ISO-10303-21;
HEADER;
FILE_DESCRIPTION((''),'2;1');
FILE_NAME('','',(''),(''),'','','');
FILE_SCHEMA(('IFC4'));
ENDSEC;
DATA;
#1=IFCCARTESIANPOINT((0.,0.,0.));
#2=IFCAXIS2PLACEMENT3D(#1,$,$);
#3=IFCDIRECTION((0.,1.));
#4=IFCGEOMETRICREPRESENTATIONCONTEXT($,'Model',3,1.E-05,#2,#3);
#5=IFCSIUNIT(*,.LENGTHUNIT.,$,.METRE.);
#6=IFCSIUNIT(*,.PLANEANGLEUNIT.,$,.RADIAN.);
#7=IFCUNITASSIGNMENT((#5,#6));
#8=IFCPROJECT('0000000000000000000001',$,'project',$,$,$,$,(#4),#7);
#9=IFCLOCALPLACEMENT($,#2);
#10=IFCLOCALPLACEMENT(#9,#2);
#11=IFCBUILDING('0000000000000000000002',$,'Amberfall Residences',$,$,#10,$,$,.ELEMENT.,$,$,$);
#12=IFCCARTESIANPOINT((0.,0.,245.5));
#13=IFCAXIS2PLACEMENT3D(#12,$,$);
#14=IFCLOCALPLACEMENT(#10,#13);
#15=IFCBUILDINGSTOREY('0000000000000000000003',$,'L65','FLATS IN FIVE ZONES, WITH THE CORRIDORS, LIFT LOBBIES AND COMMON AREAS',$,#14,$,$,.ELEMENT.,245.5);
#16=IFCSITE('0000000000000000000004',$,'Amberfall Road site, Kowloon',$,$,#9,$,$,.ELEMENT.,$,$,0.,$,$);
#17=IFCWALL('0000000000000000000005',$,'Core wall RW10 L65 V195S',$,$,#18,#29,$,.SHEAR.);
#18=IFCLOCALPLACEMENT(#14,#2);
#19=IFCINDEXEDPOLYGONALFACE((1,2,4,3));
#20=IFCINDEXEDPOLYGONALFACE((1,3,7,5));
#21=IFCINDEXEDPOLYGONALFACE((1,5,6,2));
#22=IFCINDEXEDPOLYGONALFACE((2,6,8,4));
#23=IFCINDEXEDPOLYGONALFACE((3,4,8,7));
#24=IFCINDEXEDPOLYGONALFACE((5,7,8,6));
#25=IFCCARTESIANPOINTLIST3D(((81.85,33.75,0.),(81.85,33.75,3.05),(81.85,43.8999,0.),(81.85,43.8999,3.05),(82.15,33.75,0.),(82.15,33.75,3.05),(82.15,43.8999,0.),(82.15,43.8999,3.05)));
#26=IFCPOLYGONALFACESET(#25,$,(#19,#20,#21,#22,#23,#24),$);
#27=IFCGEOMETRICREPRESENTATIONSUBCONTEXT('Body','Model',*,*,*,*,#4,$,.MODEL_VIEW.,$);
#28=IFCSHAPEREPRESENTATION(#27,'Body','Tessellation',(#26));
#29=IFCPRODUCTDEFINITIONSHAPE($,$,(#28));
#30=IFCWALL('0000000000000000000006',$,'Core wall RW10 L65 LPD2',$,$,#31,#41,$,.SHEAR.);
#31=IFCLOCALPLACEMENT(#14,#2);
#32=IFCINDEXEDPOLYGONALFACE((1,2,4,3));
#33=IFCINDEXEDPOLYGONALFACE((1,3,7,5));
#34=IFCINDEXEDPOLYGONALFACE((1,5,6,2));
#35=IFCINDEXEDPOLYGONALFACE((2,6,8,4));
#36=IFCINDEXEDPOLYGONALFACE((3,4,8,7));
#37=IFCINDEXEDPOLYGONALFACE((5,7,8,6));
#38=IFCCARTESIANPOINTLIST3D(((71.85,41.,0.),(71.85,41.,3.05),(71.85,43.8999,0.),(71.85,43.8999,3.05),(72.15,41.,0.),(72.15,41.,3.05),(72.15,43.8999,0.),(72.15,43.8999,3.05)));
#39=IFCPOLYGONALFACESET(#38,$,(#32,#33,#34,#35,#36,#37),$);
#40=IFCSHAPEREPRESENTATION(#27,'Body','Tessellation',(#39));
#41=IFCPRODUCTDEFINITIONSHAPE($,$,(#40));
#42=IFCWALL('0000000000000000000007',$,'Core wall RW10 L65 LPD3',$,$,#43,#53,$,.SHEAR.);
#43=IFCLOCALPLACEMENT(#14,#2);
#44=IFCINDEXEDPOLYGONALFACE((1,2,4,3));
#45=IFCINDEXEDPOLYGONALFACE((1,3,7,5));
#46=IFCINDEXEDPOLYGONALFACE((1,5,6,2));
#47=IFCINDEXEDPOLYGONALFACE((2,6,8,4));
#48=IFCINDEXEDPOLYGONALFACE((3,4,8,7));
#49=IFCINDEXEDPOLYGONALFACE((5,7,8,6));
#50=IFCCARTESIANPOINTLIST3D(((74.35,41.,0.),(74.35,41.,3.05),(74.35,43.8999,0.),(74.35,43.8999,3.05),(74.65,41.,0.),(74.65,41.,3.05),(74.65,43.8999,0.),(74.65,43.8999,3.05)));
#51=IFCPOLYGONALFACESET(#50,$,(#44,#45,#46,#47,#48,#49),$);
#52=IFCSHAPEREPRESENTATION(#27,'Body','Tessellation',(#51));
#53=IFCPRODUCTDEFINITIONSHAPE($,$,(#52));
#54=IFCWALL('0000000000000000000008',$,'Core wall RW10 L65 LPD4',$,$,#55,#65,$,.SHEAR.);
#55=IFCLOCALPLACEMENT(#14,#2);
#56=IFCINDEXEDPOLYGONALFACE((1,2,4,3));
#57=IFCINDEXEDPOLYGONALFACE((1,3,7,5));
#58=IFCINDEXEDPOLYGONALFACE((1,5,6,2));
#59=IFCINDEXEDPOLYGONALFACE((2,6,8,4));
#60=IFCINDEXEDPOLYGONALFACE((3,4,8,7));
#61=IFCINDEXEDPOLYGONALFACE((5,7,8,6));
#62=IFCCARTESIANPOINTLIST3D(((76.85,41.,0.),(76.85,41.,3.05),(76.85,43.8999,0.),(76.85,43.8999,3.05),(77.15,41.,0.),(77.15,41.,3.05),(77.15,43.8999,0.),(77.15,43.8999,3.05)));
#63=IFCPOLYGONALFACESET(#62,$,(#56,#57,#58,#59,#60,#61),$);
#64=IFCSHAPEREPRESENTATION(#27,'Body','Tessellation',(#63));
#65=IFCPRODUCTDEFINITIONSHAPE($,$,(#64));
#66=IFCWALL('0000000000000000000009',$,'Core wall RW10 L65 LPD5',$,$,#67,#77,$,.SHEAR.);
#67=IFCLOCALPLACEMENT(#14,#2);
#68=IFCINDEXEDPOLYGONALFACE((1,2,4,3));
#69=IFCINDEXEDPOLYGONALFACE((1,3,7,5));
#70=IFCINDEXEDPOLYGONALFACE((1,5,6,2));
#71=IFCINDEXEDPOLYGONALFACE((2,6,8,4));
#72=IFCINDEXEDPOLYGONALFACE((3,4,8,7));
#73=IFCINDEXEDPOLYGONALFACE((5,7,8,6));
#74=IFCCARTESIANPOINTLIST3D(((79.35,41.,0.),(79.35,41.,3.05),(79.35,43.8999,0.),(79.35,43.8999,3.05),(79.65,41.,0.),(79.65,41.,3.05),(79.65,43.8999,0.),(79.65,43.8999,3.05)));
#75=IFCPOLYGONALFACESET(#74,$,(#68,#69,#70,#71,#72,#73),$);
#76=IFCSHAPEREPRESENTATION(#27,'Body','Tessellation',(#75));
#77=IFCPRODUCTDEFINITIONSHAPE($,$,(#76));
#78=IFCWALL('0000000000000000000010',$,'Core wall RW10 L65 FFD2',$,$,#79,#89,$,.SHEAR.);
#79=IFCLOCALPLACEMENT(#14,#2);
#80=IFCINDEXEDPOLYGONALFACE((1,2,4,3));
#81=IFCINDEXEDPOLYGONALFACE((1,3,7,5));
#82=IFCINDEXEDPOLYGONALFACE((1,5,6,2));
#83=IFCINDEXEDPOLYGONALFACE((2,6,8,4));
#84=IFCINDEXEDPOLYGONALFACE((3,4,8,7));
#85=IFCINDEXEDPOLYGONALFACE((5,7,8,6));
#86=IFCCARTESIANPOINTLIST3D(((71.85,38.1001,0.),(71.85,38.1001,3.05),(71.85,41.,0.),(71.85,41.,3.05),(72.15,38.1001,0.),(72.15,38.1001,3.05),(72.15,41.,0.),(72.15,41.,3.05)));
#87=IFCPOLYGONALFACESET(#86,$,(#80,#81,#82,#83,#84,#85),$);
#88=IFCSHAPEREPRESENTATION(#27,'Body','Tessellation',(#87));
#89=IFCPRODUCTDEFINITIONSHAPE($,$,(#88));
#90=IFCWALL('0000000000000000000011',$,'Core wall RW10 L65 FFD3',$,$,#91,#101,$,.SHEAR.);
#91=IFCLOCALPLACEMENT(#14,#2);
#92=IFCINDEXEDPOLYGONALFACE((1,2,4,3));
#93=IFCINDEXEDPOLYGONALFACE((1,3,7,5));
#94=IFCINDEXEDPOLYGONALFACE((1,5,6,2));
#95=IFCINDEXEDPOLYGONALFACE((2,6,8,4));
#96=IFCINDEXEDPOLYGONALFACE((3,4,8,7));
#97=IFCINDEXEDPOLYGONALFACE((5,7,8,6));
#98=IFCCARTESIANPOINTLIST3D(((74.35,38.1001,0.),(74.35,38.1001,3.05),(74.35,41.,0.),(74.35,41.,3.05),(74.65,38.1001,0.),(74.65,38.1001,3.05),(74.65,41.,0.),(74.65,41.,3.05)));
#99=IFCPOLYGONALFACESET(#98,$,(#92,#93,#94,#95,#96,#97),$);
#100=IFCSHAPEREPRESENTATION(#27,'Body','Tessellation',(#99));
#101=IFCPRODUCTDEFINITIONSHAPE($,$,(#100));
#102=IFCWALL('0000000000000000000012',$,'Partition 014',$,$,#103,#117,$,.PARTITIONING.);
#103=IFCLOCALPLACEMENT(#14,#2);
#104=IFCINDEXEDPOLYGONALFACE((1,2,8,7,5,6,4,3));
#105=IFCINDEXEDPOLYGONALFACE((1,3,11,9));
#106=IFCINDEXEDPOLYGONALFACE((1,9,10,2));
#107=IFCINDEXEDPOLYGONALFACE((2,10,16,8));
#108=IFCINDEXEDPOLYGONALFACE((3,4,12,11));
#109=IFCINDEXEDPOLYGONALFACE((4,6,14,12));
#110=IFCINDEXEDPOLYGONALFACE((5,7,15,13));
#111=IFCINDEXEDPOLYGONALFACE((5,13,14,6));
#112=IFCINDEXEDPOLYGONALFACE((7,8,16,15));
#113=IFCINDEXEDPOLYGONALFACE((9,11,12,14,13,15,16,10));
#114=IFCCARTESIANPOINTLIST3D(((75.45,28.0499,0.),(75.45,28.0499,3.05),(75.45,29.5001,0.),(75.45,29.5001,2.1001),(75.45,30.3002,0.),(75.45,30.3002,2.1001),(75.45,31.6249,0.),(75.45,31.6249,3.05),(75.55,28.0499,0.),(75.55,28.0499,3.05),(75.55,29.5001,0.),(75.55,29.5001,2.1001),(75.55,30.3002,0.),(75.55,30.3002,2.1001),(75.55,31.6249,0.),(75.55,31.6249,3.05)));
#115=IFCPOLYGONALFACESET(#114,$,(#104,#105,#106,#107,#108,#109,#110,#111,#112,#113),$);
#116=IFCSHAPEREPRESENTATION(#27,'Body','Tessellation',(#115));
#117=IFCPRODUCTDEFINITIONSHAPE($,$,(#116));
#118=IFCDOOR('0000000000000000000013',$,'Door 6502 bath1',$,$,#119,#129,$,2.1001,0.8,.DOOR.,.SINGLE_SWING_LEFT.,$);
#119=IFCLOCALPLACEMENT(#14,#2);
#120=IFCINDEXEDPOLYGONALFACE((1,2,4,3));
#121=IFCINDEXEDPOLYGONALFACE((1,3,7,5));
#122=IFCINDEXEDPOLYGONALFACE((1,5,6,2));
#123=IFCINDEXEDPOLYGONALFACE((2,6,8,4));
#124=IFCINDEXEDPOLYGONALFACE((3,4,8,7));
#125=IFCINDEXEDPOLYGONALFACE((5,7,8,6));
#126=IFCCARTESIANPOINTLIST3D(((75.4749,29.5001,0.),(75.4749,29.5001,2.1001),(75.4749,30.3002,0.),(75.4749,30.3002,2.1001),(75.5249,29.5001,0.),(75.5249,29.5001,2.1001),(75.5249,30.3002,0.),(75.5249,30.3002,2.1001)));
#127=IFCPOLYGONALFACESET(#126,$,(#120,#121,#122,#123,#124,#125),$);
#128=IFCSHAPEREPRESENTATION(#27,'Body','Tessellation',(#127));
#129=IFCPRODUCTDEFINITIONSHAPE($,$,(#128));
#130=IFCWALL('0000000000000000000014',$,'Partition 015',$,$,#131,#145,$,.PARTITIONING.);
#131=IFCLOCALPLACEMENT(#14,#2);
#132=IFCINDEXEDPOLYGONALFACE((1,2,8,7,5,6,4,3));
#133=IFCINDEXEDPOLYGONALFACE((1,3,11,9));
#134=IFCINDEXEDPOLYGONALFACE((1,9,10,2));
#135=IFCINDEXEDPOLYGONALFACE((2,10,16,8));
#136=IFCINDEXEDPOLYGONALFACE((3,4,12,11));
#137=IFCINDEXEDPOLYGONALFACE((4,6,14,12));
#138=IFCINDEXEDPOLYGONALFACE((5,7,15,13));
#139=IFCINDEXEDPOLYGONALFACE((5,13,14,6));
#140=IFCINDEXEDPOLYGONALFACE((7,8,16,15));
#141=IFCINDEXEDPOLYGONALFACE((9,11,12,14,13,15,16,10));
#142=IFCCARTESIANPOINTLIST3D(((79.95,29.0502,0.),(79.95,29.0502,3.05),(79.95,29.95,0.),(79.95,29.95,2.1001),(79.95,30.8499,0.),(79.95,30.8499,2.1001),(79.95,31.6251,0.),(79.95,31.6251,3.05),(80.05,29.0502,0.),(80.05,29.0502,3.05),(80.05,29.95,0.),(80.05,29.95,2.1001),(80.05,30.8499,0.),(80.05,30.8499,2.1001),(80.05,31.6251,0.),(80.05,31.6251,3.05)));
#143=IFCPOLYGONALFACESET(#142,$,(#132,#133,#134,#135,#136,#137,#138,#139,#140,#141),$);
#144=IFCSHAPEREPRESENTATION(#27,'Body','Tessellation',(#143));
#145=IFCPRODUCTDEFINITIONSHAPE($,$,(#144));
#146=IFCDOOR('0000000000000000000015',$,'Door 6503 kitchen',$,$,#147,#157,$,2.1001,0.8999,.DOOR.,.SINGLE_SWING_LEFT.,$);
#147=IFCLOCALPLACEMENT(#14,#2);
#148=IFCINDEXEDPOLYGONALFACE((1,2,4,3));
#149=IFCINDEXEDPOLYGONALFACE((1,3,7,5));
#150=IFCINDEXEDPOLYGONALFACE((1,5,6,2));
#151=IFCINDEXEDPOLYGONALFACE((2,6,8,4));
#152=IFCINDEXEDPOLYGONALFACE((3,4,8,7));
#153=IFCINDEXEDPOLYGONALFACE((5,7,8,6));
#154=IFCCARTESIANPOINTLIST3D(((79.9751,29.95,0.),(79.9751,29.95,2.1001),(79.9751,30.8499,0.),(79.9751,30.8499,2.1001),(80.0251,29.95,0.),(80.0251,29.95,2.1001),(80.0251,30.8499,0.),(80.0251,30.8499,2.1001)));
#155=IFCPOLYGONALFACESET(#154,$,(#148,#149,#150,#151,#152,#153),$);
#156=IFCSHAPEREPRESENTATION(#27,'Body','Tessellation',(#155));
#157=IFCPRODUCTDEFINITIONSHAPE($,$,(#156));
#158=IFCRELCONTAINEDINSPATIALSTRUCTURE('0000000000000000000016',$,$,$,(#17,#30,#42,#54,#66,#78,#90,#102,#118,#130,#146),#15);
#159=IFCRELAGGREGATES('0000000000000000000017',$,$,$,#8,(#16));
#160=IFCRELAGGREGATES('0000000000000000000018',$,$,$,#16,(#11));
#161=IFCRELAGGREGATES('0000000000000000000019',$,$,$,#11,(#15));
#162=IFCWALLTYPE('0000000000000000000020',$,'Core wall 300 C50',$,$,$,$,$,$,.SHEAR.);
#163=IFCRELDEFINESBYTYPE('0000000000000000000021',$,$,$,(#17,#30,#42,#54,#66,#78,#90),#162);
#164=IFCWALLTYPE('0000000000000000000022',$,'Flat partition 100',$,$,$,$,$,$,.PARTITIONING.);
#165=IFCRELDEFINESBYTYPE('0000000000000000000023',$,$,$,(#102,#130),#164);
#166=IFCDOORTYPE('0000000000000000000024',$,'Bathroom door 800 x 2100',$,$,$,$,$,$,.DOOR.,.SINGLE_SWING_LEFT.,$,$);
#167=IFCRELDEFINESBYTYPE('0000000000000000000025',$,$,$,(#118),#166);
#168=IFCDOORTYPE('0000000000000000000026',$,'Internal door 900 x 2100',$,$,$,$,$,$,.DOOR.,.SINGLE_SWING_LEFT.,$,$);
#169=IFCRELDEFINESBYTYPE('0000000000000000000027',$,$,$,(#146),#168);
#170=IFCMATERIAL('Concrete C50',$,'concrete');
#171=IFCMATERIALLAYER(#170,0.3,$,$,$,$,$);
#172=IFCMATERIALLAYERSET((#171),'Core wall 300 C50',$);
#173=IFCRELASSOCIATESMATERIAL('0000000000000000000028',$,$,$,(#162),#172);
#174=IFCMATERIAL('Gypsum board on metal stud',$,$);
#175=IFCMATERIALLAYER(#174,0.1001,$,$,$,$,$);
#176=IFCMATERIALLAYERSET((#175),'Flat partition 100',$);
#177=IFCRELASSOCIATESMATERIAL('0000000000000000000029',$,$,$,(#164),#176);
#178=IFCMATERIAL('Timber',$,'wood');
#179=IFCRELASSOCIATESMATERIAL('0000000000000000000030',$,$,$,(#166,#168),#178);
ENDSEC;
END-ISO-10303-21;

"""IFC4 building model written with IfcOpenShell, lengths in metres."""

from ifc_helpers import new_model, si_unit, direction, frame, frame_2d, origin, place, context, subcontext, project, spatial, rectangle, extrude, material, layer, layer_set, type_object, element, fill, save


model = new_model("IFC4")

# Units and contexts
model_context = context("Model", 3, precision=1e-05, world=origin(), true_north=direction((0.0, 1.0)))
body_context = subcontext(model_context, "Body", "Model", "MODEL_VIEW")
ifc_project = project(units=[si_unit("LENGTHUNIT", "METRE"), si_unit("PLANEANGLEUNIT", "RADIAN")], contexts=[model_context])

# Site, building, storey
site_placement = place(None, origin())
site = spatial("IfcSite", under=ifc_project, at=site_placement, Name="Amberfall Road site, Kowloon", CompositionType="ELEMENT", RefElevation=0.0)
building_placement = place(site_placement, origin())
building = spatial("IfcBuilding", under=site, at=building_placement, Name="Amberfall Residences", CompositionType="ELEMENT")
storey_placement = place(building_placement, frame((0.0, 0.0, 245.5)))
storey = spatial("IfcBuildingStorey", under=building, at=storey_placement, Name="L65", Description="FLATS IN FIVE ZONES, WITH THE CORRIDORS, LIFT LOBBIES AND COMMON AREAS", CompositionType="ELEMENT", Elevation=245.5)

# Walls
ifc_material_1 = material(Name="Concrete C50", Category="concrete")
ifc_layer_1 = layer(ifc_material_1, 0.3)
ifc_layer_set_1 = layer_set([ifc_layer_1], Name="Core wall 300 C50")
wall_type_1 = type_object("IfcWallType", Name="Core wall 300 C50", PredefinedType="SHEAR", material=ifc_layer_set_1)
wall_1_placement = place(storey_placement, frame((82.0, 33.75, 0.0), z_axis=(0.0, 0.0, 1.0), x_axis=(0.0, 1.0, 0.0)))
element("IfcWall", 1, at=wall_1_placement, inside=storey, type_object=wall_type_1, Name="Core wall RW10 L65 V195S", PredefinedType="SHEAR", context=body_context, shape_type="SweptSolid", body=[
    extrude(rectangle(XDim=10.1499, YDim=0.3, at=frame_2d((5.075, 0.0))), origin(), (0.0, 0.0, 1.0), 3.05),
])
for number, where, z_axis, x_axis, name in (
    (2, (72.0, 41.0, 0.0), (0.0, 0.0, 1.0), (0.0, 1.0, 0.0), "Core wall RW10 L65 LPD2"),
    (3, (74.5, 41.0, 0.0), (0.0, 0.0, 1.0), (0.0, 1.0, 0.0), "Core wall RW10 L65 LPD3"),
    (4, (77.0, 41.0, 0.0), (0.0, 0.0, 1.0), (0.0, 1.0, 0.0), "Core wall RW10 L65 LPD4"),
    (5, (79.5, 41.0, 0.0), (0.0, 0.0, 1.0), (0.0, 1.0, 0.0), "Core wall RW10 L65 LPD5"),
    (6, (72.0, 38.1001, 0.0), (0.0, 0.0, 1.0), (0.0, 1.0, 0.0), "Core wall RW10 L65 FFD2"),
    (7, (74.5, 38.1001, 0.0), (0.0, 0.0, 1.0), (0.0, 1.0, 0.0), "Core wall RW10 L65 FFD3"),
):
    element("IfcWall", number, at=place(storey_placement, frame(where, z_axis=z_axis, x_axis=x_axis)), inside=storey, type_object=wall_type_1, Name=name, PredefinedType="SHEAR", context=body_context, shape_type="SweptSolid", body=[
        extrude(rectangle(XDim=2.8999, YDim=0.3, at=frame_2d((1.45, 0.0))), origin(), (0.0, 0.0, 1.0), 3.05),
    ])

# Walls, openings, doors
ifc_material_2 = material(Name="Gypsum board on metal stud")
ifc_layer_2 = layer(ifc_material_2, 0.1001)
ifc_layer_set_2 = layer_set([ifc_layer_2], Name="Flat partition 100")
wall_type_2 = type_object("IfcWallType", Name="Flat partition 100", PredefinedType="PARTITIONING", material=ifc_layer_set_2)
wall_2_placement = place(storey_placement, frame((75.5, 31.625, 0.0), z_axis=(0.0, 0.0, 1.0), x_axis=(0.0, -1.0, 0.0)))
wall_2 = element("IfcWall", 8, at=wall_2_placement, inside=storey, type_object=wall_type_2, Name="Partition 014", PredefinedType="PARTITIONING", context=body_context, shape_type="SweptSolid", body=[
    extrude(rectangle(XDim=3.575, YDim=0.1001, at=frame_2d((1.7876, 0.0))), origin(), (0.0, 0.0, 1.0), 3.05),
])
opening_1_placement = place(wall_2_placement, frame((1.325, 0.0, 0.0)))
opening_1 = element("IfcOpeningElement", 9, at=opening_1_placement, cuts=wall_2, PredefinedType="OPENING", context=body_context, shape_type="SweptSolid", body=[
    extrude(rectangle(XDim=0.8, YDim=2.1001, at=frame_2d((0.3999, 1.05))), frame((0.0, 0.0601, 0.0), z_axis=(0.0, -1.0, 0.0), x_axis=(1.0, 0.0, 0.0)), (0.0, 0.0, 1.0), 0.1201),
])
ifc_material_3 = material(Name="Timber", Category="wood")
door_type_1 = type_object("IfcDoorType", Name="Bathroom door 800 x 2100", OperationType="SINGLE_SWING_LEFT", PredefinedType="DOOR", material=ifc_material_3)
door_1_placement = place(opening_1_placement, origin())
door_1 = element("IfcDoor", 10, at=door_1_placement, inside=storey, type_object=door_type_1, Name="Door 6502 bath1", OperationType="SINGLE_SWING_LEFT", OverallHeight=2.1001, OverallWidth=0.8, PredefinedType="DOOR", context=body_context, shape_type="SweptSolid", body=[
    extrude(rectangle(XDim=0.8, YDim=2.1001, at=frame_2d((0.3999, 1.05))), frame((0.0, 0.0249, 0.0), z_axis=(0.0, -1.0, 0.0), x_axis=(1.0, 0.0, 0.0)), (0.0, 0.0, 1.0), 0.05),
])
fill(opening_1, door_1)
wall_3_placement = place(storey_placement, frame((80.0, 29.05, 0.0), z_axis=(0.0, 0.0, 1.0), x_axis=(0.0, 1.0, 0.0)))
wall_3 = element("IfcWall", 11, at=wall_3_placement, inside=storey, type_object=wall_type_2, Name="Partition 015", PredefinedType="PARTITIONING", context=body_context, shape_type="SweptSolid", body=[
    extrude(rectangle(XDim=2.575, YDim=0.1001, at=frame_2d((1.2876, 0.0))), origin(), (0.0, 0.0, 1.0), 3.05),
])
opening_2_placement = place(wall_3_placement, frame((0.8999, 0.0, 0.0)))
opening_2 = element("IfcOpeningElement", 12, at=opening_2_placement, cuts=wall_3, PredefinedType="OPENING", context=body_context, shape_type="SweptSolid", body=[
    extrude(rectangle(XDim=0.8999, YDim=2.1001, at=frame_2d((0.45, 1.05))), frame((0.0, 0.0601, 0.0), z_axis=(0.0, -1.0, 0.0), x_axis=(1.0, 0.0, 0.0)), (0.0, 0.0, 1.0), 0.1201),
])
door_type_2 = type_object("IfcDoorType", Name="Internal door 900 x 2100", OperationType="SINGLE_SWING_LEFT", PredefinedType="DOOR", material=ifc_material_3)
door_2_placement = place(opening_2_placement, origin())
door_2 = element("IfcDoor", 13, at=door_2_placement, inside=storey, type_object=door_type_2, Name="Door 6503 kitchen", OperationType="SINGLE_SWING_LEFT", OverallHeight=2.1001, OverallWidth=0.8999, PredefinedType="DOOR", context=body_context, shape_type="SweptSolid", body=[
    extrude(rectangle(XDim=0.8999, YDim=2.1001, at=frame_2d((0.45, 1.05))), frame((0.0, 0.0249, 0.0), z_axis=(0.0, -1.0, 0.0), x_axis=(1.0, 0.0, 0.0)), (0.0, 0.0, 1.0), 0.05),
])
fill(opening_2, door_2)

save(model, "model.ifc")
